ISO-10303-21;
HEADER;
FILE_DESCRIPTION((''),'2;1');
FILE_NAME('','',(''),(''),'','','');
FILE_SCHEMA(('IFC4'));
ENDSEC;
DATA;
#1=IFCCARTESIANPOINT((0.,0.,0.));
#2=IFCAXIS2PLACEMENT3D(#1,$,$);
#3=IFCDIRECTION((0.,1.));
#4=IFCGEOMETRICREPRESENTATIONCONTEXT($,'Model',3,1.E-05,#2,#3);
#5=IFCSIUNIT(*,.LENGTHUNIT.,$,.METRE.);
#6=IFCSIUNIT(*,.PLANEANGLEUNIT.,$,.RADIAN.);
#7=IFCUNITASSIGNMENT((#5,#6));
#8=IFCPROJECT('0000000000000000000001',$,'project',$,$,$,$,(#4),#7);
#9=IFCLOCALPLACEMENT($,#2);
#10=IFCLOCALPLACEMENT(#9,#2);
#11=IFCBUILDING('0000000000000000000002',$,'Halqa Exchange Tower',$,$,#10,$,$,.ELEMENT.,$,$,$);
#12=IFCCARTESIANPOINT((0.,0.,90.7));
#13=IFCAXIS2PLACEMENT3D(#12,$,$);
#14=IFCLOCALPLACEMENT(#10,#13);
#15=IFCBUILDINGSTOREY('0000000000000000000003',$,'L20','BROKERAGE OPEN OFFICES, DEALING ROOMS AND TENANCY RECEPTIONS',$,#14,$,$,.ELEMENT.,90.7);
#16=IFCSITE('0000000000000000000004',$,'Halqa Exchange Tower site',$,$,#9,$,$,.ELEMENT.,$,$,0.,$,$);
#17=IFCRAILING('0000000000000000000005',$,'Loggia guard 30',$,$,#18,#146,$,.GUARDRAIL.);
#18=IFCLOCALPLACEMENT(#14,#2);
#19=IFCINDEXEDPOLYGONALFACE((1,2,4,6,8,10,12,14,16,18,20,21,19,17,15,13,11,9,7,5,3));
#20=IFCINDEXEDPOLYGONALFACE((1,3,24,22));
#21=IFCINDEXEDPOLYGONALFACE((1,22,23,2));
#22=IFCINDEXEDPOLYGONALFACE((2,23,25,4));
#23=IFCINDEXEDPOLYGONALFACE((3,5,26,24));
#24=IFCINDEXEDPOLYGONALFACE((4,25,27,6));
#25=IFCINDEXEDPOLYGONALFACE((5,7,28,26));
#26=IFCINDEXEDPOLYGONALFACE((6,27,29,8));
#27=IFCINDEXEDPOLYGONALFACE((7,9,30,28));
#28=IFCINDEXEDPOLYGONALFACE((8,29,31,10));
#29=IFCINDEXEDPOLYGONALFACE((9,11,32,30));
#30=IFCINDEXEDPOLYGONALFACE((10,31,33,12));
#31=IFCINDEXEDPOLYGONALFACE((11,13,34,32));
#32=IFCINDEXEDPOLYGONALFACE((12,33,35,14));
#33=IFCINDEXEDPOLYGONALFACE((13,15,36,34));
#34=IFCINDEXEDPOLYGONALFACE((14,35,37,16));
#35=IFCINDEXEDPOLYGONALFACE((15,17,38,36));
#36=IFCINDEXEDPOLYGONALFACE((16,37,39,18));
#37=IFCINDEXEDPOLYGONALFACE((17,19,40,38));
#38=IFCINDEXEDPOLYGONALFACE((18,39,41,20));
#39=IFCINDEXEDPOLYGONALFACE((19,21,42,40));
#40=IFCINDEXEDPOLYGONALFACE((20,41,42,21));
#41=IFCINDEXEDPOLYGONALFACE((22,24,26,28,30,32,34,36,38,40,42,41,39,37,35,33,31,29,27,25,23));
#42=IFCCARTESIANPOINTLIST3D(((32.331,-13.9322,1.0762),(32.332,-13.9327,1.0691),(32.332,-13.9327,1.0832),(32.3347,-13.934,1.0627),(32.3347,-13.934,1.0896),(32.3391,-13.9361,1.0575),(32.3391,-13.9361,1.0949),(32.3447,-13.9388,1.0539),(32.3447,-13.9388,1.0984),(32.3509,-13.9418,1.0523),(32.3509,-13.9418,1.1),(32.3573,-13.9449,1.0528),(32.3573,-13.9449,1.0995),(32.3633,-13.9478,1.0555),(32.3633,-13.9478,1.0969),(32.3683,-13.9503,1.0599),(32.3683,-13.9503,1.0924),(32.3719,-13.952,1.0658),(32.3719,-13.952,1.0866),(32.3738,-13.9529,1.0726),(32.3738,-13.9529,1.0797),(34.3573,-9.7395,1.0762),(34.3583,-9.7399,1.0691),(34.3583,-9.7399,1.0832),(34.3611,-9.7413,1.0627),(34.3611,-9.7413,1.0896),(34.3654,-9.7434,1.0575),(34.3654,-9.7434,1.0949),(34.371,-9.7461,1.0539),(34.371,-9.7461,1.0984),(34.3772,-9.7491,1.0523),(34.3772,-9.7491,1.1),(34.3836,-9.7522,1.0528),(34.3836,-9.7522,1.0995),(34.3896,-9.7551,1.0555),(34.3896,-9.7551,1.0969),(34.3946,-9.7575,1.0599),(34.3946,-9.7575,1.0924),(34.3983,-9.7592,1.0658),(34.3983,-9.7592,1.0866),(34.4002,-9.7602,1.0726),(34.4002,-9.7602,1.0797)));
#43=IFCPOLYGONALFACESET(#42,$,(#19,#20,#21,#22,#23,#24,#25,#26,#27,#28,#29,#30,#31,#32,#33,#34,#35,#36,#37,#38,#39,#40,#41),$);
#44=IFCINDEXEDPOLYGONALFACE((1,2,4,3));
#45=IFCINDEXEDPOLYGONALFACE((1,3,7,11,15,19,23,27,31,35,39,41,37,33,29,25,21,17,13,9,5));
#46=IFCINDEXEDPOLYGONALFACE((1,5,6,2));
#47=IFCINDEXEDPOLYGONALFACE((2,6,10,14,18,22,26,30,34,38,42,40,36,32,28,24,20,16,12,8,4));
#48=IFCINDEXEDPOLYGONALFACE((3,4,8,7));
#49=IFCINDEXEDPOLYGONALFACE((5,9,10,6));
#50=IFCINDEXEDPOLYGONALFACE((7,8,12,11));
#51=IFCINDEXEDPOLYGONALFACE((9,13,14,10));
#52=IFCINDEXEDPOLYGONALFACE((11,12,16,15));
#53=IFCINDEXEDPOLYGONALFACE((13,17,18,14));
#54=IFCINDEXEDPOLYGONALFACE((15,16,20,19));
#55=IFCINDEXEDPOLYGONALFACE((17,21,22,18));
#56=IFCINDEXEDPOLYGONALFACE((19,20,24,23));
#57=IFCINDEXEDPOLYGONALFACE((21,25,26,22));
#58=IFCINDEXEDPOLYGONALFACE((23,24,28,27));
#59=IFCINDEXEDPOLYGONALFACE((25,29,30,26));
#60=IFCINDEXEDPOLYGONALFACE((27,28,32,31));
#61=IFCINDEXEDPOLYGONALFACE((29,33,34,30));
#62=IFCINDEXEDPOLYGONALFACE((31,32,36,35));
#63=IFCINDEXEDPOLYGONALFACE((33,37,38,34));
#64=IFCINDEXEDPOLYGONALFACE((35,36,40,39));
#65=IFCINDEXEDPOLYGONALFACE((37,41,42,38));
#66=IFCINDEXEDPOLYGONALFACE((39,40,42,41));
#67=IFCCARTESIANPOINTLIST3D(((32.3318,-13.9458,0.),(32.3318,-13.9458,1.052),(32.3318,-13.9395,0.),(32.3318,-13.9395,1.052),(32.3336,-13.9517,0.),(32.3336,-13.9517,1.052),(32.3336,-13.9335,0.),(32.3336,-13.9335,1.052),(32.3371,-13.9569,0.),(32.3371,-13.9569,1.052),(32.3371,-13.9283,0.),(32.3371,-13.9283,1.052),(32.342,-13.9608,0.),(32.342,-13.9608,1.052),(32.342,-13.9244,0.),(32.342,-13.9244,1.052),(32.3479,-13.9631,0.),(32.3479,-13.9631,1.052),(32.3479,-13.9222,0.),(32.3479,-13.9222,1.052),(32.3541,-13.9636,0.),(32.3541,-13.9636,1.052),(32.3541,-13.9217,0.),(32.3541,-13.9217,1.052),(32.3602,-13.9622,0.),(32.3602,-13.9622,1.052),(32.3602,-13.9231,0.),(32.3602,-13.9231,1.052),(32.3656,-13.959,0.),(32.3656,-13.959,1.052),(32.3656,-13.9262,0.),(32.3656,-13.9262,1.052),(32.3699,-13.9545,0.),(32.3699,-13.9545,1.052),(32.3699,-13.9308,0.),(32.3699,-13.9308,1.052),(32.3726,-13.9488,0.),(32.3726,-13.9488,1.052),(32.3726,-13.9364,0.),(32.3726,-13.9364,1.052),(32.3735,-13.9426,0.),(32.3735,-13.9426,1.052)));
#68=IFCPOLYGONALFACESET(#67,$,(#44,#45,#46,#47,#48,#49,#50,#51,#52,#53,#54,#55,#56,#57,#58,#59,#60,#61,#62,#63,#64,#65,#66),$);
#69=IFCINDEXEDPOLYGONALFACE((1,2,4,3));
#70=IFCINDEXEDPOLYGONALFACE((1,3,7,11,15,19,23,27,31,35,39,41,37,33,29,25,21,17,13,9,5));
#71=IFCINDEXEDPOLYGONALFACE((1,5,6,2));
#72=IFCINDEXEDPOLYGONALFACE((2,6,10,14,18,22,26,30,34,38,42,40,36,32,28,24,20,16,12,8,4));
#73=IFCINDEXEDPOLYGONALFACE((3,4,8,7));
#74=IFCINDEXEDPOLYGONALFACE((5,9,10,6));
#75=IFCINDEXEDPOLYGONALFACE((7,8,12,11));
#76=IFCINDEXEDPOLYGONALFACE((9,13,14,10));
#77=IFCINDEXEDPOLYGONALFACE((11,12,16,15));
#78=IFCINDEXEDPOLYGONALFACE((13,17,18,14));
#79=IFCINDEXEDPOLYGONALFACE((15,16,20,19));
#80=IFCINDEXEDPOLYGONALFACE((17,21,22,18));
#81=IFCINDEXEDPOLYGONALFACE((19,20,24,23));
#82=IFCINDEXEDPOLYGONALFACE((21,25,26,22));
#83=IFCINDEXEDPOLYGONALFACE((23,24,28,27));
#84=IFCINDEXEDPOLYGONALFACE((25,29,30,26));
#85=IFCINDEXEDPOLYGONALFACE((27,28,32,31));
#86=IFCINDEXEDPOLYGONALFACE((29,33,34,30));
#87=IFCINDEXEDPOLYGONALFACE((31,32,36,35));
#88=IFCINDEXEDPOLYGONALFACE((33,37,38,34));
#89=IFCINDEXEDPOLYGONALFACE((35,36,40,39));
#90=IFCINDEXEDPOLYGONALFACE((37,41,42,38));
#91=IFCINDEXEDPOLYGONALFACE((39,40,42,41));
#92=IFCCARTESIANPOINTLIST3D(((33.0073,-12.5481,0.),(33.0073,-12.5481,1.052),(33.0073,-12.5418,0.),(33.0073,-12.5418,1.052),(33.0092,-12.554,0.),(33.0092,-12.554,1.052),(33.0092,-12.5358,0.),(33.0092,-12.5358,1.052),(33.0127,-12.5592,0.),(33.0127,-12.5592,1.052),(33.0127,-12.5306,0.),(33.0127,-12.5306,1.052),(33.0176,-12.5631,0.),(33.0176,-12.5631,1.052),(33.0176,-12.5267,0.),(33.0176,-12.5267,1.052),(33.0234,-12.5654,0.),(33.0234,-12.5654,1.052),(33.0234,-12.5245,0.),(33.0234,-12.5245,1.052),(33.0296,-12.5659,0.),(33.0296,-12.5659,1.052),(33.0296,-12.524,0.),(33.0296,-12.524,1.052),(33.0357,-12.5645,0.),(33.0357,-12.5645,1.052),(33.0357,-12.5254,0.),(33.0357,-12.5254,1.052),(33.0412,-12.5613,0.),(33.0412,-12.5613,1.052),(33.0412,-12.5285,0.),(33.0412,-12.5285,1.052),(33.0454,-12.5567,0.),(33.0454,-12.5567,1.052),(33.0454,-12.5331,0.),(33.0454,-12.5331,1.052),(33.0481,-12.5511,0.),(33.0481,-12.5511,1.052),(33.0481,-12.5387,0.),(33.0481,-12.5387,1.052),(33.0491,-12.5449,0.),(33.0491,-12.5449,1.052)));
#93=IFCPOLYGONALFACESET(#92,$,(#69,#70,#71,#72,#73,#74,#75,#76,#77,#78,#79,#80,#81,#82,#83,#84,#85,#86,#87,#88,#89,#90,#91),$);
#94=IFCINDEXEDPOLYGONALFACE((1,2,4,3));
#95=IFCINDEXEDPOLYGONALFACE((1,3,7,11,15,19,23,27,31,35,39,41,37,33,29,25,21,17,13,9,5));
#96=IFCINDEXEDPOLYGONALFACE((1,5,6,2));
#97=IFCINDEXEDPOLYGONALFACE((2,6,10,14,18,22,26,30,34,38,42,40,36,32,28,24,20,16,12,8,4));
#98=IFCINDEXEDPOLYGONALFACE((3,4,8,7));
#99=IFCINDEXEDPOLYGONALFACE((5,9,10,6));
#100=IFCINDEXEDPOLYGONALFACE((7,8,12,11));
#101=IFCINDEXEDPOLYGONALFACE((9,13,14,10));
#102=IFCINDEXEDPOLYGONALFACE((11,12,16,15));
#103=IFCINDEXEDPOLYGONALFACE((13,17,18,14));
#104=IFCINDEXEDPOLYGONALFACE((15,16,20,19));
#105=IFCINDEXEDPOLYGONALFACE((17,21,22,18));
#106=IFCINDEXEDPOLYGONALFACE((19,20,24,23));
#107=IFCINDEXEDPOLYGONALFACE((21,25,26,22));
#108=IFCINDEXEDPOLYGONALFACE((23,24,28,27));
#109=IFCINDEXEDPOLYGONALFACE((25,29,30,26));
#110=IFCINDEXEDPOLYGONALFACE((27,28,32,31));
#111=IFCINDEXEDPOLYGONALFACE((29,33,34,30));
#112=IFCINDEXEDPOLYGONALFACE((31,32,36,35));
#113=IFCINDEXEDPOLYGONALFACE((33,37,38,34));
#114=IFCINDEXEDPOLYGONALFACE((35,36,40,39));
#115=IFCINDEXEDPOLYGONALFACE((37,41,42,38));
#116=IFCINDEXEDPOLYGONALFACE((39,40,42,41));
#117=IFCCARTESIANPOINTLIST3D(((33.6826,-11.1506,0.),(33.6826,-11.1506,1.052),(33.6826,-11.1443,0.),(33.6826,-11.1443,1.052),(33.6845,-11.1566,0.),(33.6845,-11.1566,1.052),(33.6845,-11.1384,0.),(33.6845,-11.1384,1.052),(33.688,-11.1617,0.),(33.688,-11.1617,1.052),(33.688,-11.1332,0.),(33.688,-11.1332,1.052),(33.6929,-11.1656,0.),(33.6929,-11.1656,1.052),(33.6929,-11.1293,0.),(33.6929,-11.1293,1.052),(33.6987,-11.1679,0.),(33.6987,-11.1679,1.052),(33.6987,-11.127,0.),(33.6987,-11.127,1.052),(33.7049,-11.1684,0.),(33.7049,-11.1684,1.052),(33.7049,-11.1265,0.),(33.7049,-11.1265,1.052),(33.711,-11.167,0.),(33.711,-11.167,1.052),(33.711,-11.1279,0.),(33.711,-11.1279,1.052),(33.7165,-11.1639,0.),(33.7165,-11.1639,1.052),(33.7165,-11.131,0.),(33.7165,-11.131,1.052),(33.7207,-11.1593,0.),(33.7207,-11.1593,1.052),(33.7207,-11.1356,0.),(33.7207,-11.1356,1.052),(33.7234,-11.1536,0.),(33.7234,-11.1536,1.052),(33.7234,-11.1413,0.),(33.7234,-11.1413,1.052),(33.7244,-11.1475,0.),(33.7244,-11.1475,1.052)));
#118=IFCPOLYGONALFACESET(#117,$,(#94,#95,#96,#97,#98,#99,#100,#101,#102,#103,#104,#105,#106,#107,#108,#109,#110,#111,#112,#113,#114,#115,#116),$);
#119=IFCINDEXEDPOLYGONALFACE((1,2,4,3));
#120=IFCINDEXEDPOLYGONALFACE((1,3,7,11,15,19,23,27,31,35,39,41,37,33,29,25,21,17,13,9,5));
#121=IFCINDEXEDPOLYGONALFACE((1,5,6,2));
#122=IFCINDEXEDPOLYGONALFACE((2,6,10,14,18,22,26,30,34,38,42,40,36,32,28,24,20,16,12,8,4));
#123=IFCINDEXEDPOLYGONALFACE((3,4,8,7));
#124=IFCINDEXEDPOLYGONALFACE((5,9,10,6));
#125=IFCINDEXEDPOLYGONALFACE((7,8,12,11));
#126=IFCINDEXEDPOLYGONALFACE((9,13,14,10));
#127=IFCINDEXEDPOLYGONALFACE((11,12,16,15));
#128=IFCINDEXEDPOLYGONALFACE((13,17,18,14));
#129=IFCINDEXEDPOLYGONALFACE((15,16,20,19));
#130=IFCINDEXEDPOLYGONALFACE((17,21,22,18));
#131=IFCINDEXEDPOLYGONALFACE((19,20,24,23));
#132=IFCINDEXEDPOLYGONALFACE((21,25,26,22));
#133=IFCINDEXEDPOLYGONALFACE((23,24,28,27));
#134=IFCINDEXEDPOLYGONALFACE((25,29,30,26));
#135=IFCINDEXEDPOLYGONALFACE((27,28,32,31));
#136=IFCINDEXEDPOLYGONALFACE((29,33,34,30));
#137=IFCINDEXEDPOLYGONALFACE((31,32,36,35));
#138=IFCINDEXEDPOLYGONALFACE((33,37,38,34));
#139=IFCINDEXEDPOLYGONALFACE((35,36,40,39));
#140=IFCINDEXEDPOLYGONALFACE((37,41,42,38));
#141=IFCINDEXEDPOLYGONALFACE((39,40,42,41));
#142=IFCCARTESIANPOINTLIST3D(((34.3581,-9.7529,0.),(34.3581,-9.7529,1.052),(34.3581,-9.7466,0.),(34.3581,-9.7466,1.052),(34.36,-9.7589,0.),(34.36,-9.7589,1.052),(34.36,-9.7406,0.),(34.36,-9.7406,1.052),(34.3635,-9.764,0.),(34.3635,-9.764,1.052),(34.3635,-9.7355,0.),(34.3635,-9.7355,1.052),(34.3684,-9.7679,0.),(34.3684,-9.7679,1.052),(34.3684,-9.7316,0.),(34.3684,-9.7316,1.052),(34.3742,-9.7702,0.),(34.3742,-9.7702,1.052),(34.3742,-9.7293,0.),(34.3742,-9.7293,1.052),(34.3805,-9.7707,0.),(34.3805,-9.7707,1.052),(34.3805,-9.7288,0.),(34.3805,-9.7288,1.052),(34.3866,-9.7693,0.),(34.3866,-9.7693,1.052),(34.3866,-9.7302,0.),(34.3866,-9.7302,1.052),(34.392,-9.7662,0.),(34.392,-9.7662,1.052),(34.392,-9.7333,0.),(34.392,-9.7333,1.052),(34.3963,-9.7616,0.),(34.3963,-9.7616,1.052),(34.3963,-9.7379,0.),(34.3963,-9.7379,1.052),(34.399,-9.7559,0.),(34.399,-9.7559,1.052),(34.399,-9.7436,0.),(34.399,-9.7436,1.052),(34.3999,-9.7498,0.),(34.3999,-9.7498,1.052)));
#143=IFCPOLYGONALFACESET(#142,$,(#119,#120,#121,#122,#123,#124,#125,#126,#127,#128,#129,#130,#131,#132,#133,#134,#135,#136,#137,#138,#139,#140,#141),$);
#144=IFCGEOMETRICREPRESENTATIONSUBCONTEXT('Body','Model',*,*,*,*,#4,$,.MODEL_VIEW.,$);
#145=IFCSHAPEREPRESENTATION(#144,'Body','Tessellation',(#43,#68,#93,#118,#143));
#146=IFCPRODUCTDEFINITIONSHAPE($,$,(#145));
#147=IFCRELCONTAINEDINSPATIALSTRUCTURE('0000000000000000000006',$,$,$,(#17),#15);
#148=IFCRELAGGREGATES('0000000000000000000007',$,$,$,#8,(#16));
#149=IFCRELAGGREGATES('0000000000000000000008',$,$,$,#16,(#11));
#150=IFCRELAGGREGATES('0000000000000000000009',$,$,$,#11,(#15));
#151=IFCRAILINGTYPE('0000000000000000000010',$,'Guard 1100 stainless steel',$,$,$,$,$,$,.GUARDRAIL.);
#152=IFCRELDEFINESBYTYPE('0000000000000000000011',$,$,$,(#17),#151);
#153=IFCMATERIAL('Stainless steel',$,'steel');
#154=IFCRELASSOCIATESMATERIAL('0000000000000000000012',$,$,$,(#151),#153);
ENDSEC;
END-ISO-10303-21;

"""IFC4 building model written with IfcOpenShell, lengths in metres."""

from ifc_helpers import new_model, si_unit, direction, frame, origin, origin_2d, place, context, subcontext, project, spatial, circle, extrude, material, type_object, element, save


model = new_model("IFC4")

# Units and contexts
model_context = context("Model", 3, precision=1e-05, world=origin(), true_north=direction((0.0, 1.0)))
body_context = subcontext(model_context, "Body", "Model", "MODEL_VIEW")
ifc_project = project(units=[si_unit("LENGTHUNIT", "METRE"), si_unit("PLANEANGLEUNIT", "RADIAN")], contexts=[model_context])

# Site, building, storey
site_placement = place(None, origin())
site = spatial("IfcSite", under=ifc_project, at=site_placement, Name="Halqa Exchange Tower site", CompositionType="ELEMENT", RefElevation=0.0)
building_placement = place(site_placement, origin())
building = spatial("IfcBuilding", under=site, at=building_placement, Name="Halqa Exchange Tower", CompositionType="ELEMENT")
storey_placement = place(building_placement, frame((0.0, 0.0, 90.7)))
storey = spatial("IfcBuildingStorey", under=building, at=storey_placement, Name="L20", Description="BROKERAGE OPEN OFFICES, DEALING ROOMS AND TENANCY RECEPTIONS", CompositionType="ELEMENT", Elevation=90.7)

# Railing
ifc_material_1 = material(Name="Stainless steel", Category="steel")
railing_type = type_object("IfcRailingType", Name="Guard 1100 stainless steel", PredefinedType="GUARDRAIL", material=ifc_material_1)
railing_1_placement = place(storey_placement, frame((32.3525, -13.9426, 0.0)))
element("IfcRailing", 1, at=railing_1_placement, inside=storey, type_object=railing_type, Name="Loggia guard 30", PredefinedType="GUARDRAIL", context=body_context, shape_type="SweptSolid", body=[
    extrude(circle(Radius=0.0239, at=origin_2d()), frame((0.0, 0.0, 1.0762), z_axis=(0.435136, 0.900365, 0.0), x_axis=(-0.900365, 0.435136, 0.0)), (0.0, 0.0, 1.0), 4.6567),
    extrude(circle(Radius=0.021, at=origin_2d()), origin(), (0.0, 0.0, 1.0), 1.052),
    extrude(circle(Radius=0.021, at=origin_2d()), frame((0.6755, 1.3977, 0.0)), (0.0, 0.0, 1.0), 1.052),
    extrude(circle(Radius=0.021, at=origin_2d()), frame((1.3508, 2.7952, 0.0)), (0.0, 0.0, 1.0), 1.052),
    extrude(circle(Radius=0.021, at=origin_2d()), frame((2.0264, 4.1929, 0.0)), (0.0, 0.0, 1.0), 1.052),
])

save(model, "model.ifc")
